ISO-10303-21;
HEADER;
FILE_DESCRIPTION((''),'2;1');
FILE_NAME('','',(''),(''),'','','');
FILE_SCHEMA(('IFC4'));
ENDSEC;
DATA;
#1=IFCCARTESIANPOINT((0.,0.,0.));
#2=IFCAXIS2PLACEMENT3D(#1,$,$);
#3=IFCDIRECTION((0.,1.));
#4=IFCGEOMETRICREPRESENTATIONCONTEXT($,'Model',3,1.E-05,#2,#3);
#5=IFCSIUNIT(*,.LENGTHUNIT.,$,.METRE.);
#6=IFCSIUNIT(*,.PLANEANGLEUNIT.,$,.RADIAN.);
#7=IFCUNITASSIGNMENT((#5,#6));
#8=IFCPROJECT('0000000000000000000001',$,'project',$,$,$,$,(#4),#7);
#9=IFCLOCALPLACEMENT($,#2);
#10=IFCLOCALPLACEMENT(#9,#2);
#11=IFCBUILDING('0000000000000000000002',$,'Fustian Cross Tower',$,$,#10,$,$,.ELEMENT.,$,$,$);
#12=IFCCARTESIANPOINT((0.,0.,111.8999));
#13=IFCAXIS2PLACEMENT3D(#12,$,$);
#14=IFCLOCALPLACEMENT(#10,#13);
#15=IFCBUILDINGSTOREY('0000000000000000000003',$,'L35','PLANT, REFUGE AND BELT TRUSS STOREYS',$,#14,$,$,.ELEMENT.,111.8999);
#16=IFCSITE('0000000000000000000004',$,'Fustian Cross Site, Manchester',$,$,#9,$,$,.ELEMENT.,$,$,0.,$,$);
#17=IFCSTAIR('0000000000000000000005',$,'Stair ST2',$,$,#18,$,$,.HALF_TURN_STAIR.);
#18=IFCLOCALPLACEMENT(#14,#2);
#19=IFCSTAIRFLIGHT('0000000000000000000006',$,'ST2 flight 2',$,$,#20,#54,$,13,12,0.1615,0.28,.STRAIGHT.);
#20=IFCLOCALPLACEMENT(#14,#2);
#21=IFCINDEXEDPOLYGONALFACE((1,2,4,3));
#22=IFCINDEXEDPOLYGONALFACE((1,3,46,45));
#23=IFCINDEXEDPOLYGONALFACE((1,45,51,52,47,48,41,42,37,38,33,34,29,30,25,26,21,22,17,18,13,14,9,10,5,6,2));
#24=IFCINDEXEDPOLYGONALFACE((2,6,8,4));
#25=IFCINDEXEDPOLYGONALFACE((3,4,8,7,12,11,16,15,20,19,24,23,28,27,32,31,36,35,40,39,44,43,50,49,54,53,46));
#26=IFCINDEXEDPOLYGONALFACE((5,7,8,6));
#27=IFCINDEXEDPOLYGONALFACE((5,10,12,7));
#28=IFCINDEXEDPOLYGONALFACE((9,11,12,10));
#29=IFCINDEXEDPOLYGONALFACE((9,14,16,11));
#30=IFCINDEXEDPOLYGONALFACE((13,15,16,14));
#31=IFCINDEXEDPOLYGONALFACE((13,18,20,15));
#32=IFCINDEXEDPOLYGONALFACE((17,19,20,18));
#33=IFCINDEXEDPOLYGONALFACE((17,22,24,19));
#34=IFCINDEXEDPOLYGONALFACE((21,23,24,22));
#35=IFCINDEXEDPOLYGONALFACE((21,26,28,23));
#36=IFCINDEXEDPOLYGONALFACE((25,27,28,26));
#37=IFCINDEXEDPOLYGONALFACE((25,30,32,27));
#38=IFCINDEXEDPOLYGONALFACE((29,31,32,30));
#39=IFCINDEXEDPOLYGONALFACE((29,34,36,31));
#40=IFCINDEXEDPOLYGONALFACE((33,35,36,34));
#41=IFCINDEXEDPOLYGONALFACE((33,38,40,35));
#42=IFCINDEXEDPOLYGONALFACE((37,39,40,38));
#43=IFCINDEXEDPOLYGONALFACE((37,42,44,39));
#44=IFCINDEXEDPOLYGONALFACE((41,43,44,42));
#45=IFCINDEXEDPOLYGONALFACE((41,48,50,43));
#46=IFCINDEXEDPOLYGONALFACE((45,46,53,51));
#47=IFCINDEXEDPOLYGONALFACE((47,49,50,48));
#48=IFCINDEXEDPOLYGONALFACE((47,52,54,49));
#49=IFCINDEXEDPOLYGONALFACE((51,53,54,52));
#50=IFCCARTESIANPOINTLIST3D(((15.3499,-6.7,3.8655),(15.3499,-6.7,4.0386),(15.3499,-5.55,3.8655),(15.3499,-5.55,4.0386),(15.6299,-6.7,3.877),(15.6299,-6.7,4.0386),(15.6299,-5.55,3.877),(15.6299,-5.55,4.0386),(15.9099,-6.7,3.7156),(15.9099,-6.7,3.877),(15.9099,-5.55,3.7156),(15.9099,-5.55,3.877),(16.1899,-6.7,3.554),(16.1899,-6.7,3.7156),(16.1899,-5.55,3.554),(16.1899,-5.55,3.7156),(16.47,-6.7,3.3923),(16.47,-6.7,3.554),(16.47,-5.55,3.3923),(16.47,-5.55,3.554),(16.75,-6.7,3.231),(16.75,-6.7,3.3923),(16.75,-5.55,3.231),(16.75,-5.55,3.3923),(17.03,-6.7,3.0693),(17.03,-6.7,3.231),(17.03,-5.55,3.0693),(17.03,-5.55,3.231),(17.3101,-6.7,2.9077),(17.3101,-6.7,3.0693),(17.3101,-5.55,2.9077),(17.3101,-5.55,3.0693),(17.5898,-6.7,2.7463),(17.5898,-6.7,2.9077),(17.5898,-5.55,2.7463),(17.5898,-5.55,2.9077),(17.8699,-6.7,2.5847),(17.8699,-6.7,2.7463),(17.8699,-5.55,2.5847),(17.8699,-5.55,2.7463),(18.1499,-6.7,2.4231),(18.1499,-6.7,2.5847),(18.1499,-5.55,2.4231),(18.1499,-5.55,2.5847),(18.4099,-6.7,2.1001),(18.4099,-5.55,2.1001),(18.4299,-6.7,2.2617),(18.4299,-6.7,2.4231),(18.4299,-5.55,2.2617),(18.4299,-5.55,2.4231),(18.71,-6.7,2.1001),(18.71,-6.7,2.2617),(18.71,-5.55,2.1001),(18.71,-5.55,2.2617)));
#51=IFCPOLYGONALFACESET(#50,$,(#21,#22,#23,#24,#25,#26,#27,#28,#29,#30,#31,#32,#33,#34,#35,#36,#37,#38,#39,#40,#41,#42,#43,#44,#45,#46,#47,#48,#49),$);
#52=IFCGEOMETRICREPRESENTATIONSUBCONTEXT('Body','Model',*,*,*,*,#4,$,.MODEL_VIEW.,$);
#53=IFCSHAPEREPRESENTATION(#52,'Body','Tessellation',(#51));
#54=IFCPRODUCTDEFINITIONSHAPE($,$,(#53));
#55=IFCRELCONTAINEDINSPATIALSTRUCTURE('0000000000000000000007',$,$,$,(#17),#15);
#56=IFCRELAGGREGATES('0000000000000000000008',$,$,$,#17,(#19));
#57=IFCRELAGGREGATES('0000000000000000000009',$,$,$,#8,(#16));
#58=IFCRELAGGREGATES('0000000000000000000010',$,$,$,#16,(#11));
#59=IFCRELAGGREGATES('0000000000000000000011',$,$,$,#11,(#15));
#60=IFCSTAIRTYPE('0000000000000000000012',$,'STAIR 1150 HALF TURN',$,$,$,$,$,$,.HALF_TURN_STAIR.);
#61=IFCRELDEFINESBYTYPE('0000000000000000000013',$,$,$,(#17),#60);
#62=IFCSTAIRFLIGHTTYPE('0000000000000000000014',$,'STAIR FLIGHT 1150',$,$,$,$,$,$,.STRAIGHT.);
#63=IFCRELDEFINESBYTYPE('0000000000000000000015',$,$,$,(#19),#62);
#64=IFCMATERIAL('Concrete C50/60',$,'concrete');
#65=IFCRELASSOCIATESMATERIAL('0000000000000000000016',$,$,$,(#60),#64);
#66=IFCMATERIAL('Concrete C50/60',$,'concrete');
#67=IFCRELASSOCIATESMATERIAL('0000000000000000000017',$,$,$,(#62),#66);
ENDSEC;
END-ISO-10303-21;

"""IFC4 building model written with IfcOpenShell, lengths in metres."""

from ifc_helpers import new_model, si_unit, direction, frame, origin, place, context, subcontext, project, spatial, polyline, outline, extrude, material, type_object, element, aggregate, save


model = new_model("IFC4")

# Units and contexts
model_context = context("Model", 3, precision=1e-05, world=origin(), true_north=direction((0.0, 1.0)))
body_context = subcontext(model_context, "Body", "Model", "MODEL_VIEW")
ifc_project = project(units=[si_unit("LENGTHUNIT", "METRE"), si_unit("PLANEANGLEUNIT", "RADIAN")], contexts=[model_context])

# Site, building, storey
site_placement = place(None, origin())
site = spatial("IfcSite", under=ifc_project, at=site_placement, Name="Fustian Cross Site, Manchester", CompositionType="ELEMENT", RefElevation=0.0)
building_placement = place(site_placement, origin())
building = spatial("IfcBuilding", under=site, at=building_placement, Name="Fustian Cross Tower", CompositionType="ELEMENT")
storey_placement = place(building_placement, frame((0.0, 0.0, 111.8999)))
storey = spatial("IfcBuildingStorey", under=building, at=storey_placement, Name="L35", Description="PLANT, REFUGE AND BELT TRUSS STOREYS", CompositionType="ELEMENT", Elevation=111.8999)

# Stair, stair flight
ifc_material_1 = material(Name="Concrete C50/60", Category="concrete")
stair_type = type_object("IfcStairType", Name="STAIR 1150 HALF TURN", PredefinedType="HALF_TURN_STAIR", material=ifc_material_1)
stair_placement = place(storey_placement, origin())
stair = element("IfcStair", 1, at=stair_placement, inside=storey, type_object=stair_type, Name="Stair ST2", PredefinedType="HALF_TURN_STAIR")
ifc_material_2 = material(Name="Concrete C50/60", Category="concrete")
stair_flight_type = type_object("IfcStairFlightType", Name="STAIR FLIGHT 1150", PredefinedType="STRAIGHT", material=ifc_material_2)
stair_flight_1_placement = place(storey_placement, frame((18.71, -6.125, 2.1001), z_axis=(0.0, 0.0, 1.0), x_axis=(-1.0, 0.0, 0.0)))
stair_flight_1 = element("IfcStairFlight", 2, at=stair_flight_1_placement, type_object=stair_flight_type, Name="ST2 flight 2", NumberOfRisers=13, NumberOfTreads=12, PredefinedType="STRAIGHT", RiserHeight=0.1615, TreadLength=0.28, context=body_context, shape_type="SweptSolid", body=[
    extrude(outline(polyline([(0.0, 0.0), (0.0, 0.1616), (0.28, 0.1616), (0.28, 0.323), (0.5601, 0.323), (0.5601, 0.4846), (0.8401, 0.4846), (0.8401, 0.6462), (1.1201, 0.6462), (1.1201, 0.8076), (1.3999, 0.8076), (1.3999, 0.9692), (1.6799, 0.9692), (1.6799, 1.1309), (1.96, 1.1309), (1.96, 1.2922), (2.24, 1.2922), (2.24, 1.4539), (2.52, 1.4539), (2.52, 1.6155), (2.8, 1.6155), (2.8, 1.7769), (3.0801, 1.7769), (3.0801, 1.9385), (3.3601, 1.9385), (3.3601, 2.1001), (3.3601, 1.7654), (0.3, 0.0), (0.0, 0.0)])), frame((0.0, 0.575, 0.0), z_axis=(0.0, -1.0, 0.0), x_axis=(1.0, 0.0, 0.0)), (0.0, 0.0, 1.0), 1.1499),
])
aggregate(stair, [stair_flight_1])

save(model, "model.ifc")
